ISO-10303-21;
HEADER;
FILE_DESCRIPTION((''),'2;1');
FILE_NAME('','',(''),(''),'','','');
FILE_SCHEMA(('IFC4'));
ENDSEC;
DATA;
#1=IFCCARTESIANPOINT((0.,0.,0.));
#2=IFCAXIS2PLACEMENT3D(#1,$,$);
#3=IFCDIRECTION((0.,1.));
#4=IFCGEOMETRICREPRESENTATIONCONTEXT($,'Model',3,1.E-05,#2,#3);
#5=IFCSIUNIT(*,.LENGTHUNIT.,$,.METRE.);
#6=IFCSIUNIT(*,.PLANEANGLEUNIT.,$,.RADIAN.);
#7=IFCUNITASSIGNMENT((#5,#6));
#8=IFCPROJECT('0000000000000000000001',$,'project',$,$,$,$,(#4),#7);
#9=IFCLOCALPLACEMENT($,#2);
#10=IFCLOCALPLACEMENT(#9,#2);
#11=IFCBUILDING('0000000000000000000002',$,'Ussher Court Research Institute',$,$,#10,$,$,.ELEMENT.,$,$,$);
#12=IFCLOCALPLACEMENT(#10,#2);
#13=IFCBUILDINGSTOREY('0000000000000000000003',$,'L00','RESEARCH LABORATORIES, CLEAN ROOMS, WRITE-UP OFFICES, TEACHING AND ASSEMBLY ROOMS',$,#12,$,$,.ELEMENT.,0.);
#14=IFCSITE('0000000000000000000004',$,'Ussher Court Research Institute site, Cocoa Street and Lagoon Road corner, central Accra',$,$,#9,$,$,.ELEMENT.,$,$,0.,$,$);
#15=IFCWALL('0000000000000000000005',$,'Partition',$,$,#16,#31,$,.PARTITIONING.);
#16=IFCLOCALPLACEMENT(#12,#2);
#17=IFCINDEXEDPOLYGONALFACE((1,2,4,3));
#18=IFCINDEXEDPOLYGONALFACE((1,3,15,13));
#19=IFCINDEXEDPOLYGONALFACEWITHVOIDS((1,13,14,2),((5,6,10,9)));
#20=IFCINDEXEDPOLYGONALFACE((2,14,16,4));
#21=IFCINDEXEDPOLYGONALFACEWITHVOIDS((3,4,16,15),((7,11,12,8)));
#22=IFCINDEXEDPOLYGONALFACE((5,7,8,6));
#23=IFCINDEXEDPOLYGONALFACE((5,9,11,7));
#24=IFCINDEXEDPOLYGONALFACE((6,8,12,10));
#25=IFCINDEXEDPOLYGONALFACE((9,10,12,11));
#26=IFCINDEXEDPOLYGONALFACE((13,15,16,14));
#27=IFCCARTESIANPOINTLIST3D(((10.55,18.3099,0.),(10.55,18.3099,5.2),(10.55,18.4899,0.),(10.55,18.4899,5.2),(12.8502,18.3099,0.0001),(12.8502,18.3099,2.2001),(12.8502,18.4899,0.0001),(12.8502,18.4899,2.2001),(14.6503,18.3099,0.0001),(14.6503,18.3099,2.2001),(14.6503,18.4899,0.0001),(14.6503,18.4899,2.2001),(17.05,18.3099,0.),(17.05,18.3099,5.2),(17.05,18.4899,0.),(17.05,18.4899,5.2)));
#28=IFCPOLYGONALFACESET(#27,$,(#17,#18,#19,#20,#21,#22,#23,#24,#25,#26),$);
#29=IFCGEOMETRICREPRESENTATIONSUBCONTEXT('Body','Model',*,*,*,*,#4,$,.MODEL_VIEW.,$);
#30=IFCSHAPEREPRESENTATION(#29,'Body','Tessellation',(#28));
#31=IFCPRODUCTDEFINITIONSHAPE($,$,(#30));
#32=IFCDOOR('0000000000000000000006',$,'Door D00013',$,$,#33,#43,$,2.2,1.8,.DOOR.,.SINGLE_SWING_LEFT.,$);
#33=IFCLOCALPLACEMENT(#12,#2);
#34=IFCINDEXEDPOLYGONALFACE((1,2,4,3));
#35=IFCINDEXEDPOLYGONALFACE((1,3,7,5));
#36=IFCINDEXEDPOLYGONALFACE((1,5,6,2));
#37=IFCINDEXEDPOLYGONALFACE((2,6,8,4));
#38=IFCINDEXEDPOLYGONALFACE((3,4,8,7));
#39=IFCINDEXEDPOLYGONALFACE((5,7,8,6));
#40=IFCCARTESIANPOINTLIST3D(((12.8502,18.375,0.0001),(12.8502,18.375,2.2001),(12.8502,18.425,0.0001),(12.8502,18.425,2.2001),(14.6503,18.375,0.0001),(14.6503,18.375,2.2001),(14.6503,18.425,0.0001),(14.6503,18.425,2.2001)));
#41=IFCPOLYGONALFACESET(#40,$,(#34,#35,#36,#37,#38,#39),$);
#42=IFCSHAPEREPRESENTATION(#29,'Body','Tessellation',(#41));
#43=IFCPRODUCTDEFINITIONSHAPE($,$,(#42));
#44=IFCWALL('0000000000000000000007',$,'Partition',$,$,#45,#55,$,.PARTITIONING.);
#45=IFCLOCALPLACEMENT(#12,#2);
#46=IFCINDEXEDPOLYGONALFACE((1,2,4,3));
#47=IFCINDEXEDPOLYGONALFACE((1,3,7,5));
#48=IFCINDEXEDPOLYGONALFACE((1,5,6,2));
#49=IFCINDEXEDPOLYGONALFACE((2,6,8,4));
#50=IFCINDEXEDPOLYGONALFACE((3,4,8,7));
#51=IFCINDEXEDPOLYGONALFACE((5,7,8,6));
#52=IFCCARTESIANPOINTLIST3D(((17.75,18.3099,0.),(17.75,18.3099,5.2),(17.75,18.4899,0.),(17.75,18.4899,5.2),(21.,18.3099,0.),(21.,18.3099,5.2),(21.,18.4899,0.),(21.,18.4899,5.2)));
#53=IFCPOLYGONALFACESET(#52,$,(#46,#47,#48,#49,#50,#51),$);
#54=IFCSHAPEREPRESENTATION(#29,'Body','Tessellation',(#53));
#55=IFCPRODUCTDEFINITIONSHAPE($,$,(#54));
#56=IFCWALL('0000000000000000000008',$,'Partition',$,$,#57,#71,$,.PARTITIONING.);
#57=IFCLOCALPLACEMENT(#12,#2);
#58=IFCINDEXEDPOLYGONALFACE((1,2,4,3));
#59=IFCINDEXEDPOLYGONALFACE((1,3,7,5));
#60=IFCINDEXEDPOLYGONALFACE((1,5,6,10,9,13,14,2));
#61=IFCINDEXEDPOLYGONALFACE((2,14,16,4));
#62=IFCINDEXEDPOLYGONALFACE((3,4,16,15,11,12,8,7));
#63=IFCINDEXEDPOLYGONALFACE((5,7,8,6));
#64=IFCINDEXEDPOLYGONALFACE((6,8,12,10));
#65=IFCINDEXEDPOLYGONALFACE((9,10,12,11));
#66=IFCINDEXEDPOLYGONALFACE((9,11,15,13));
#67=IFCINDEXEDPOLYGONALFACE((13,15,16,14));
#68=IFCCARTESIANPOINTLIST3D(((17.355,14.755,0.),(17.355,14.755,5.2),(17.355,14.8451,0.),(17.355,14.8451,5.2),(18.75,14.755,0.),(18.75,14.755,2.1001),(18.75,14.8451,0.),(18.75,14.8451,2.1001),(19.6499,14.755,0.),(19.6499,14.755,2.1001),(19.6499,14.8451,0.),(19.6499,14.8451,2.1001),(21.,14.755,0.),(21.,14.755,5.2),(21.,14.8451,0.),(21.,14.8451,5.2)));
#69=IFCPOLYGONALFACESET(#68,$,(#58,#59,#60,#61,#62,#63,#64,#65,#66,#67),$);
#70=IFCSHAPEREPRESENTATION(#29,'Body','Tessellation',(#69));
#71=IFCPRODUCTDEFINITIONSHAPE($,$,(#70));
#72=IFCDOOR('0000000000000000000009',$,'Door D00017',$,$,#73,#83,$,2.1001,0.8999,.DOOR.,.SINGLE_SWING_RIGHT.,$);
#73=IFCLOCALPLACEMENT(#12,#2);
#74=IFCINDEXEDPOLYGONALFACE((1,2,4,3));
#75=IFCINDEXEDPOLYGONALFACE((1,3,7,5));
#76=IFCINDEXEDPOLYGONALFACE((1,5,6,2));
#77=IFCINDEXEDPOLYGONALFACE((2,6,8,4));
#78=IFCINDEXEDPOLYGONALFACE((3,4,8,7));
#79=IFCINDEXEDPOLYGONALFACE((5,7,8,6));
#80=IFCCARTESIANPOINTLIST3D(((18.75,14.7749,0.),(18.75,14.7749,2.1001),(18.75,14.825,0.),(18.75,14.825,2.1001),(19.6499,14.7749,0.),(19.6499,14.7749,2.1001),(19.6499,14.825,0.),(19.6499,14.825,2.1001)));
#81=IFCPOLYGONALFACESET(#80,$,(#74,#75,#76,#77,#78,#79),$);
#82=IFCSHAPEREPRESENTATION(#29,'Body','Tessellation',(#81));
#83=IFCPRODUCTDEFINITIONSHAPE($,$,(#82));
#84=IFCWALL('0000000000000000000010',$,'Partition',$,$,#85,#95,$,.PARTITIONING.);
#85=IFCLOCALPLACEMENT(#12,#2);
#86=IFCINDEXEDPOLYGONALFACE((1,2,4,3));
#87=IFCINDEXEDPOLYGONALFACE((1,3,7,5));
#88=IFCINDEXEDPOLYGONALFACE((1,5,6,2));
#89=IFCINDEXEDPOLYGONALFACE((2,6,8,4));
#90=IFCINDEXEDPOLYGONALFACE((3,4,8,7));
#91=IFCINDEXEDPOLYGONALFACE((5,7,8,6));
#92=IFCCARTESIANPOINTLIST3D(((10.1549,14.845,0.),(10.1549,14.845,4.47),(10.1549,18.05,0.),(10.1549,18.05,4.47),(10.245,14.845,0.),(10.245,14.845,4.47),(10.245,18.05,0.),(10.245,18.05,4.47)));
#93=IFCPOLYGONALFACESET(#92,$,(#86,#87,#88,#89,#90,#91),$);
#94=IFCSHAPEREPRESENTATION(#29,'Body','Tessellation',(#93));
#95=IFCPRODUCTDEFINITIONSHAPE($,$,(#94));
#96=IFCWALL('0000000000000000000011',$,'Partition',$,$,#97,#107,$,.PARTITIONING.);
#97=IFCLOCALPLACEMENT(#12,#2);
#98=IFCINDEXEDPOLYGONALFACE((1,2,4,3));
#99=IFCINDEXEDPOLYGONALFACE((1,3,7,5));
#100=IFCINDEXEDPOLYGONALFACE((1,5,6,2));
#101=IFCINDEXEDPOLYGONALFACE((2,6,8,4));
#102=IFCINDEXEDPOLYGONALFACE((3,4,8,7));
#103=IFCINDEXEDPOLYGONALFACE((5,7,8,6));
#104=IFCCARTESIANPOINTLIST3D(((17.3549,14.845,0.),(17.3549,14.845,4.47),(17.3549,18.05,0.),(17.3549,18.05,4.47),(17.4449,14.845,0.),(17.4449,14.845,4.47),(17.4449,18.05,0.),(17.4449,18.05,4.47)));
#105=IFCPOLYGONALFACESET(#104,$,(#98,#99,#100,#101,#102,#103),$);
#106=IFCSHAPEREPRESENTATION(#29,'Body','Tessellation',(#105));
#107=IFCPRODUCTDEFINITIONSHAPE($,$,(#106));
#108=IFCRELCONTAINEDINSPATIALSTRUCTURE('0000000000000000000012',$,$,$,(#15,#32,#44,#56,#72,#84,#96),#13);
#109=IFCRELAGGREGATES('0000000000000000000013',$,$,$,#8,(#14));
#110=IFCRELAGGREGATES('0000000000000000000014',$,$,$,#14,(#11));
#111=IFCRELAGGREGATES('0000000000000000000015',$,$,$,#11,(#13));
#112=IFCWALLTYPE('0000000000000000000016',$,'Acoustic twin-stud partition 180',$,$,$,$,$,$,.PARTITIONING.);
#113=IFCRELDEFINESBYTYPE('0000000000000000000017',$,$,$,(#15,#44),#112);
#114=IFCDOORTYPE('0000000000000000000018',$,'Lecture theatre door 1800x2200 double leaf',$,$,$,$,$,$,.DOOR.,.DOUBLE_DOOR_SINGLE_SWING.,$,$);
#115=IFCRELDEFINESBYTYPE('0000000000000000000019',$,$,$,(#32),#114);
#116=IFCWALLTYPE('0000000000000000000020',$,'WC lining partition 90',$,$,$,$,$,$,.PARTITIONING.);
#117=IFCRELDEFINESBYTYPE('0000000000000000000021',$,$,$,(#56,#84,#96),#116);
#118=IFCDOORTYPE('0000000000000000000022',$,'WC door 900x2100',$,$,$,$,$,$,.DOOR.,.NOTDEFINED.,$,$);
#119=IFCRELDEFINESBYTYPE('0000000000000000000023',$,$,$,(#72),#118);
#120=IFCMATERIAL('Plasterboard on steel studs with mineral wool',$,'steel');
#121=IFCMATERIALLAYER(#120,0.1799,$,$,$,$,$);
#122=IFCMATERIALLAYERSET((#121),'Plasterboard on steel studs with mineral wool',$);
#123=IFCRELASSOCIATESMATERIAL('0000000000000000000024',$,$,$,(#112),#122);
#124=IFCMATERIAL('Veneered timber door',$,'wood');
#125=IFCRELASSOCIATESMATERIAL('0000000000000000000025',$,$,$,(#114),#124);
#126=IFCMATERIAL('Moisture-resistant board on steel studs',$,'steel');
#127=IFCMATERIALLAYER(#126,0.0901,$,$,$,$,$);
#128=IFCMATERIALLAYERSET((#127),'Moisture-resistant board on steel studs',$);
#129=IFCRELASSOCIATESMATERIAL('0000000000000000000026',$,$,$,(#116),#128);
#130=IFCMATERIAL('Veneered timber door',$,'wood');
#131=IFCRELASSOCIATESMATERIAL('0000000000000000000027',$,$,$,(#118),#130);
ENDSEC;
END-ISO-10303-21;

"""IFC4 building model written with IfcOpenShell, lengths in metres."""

from ifc_helpers import new_model, si_unit, direction, frame, frame_2d, origin, place, context, subcontext, project, spatial, rectangle, extrude, material, layer, layer_set, type_object, element, fill, save


model = new_model("IFC4")

# Units and contexts
model_context = context("Model", 3, precision=1e-05, world=origin(), true_north=direction((0.0, 1.0)))
body_context = subcontext(model_context, "Body", "Model", "MODEL_VIEW")
ifc_project = project(units=[si_unit("LENGTHUNIT", "METRE"), si_unit("PLANEANGLEUNIT", "RADIAN")], contexts=[model_context])

# Site, building, storey
site_placement = place(None, origin())
site = spatial("IfcSite", under=ifc_project, at=site_placement, Name="Ussher Court Research Institute site, Cocoa Street and Lagoon Road corner, central Accra", CompositionType="ELEMENT", RefElevation=0.0)
building_placement = place(site_placement, origin())
building = spatial("IfcBuilding", under=site, at=building_placement, Name="Ussher Court Research Institute", CompositionType="ELEMENT")
storey_placement = place(building_placement, origin())
storey = spatial("IfcBuildingStorey", under=building, at=storey_placement, Name="L00", Description="RESEARCH LABORATORIES, CLEAN ROOMS, WRITE-UP OFFICES, TEACHING AND ASSEMBLY ROOMS", CompositionType="ELEMENT", Elevation=0.0)

# Shared definitions
ifc_material_1 = material(Name="Plasterboard on steel studs with mineral wool", Category="steel")
ifc_layer_1 = layer(ifc_material_1, 0.1799)
ifc_layer_set_1 = layer_set([ifc_layer_1], Name="Plasterboard on steel studs with mineral wool")
wall_type_1 = type_object("IfcWallType", Name="Acoustic twin-stud partition 180", PredefinedType="PARTITIONING", material=ifc_layer_set_1)

# Wall, opening, door
wall_1_placement = place(storey_placement, frame((17.05, 18.3999, 0.0), z_axis=(0.0, 0.0, 1.0), x_axis=(-1.0, 0.0, 0.0)))
wall_1 = element("IfcWall", 1, at=wall_1_placement, inside=storey, type_object=wall_type_1, Name="Partition", PredefinedType="PARTITIONING", context=body_context, shape_type="SweptSolid", body=[
    extrude(rectangle(XDim=6.5, YDim=0.1799, at=frame_2d((3.25, 0.0))), origin(), (0.0, 0.0, 1.0), 5.2),
])
opening_1_placement = place(wall_1_placement, frame((2.3999, 0.0, 0.0)))
opening_1 = element("IfcOpeningElement", 2, at=opening_1_placement, cuts=wall_1, PredefinedType="OPENING", context=body_context, shape_type="SweptSolid", body=[
    extrude(rectangle(XDim=1.8, YDim=2.2, at=frame_2d((0.8999, 1.1001))), frame((0.0, 0.1001, 0.0), z_axis=(0.0, -1.0, 0.0), x_axis=(1.0, 0.0, 0.0)), (0.0, 0.0, 1.0), 0.2),
])
ifc_material_2 = material(Name="Veneered timber door", Category="wood")
door_type_1 = type_object("IfcDoorType", Name="Lecture theatre door 1800x2200 double leaf", OperationType="DOUBLE_DOOR_SINGLE_SWING", PredefinedType="DOOR", material=ifc_material_2)
door_1_placement = place(opening_1_placement, origin())
door_1 = element("IfcDoor", 3, at=door_1_placement, inside=storey, type_object=door_type_1, Name="Door D00013", OperationType="SINGLE_SWING_LEFT", OverallHeight=2.2, OverallWidth=1.8, PredefinedType="DOOR", context=body_context, shape_type="SweptSolid", body=[
    extrude(rectangle(XDim=1.8, YDim=2.2, at=frame_2d((0.8999, 1.1001))), frame((0.0, 0.0249, 0.0), z_axis=(0.0, -1.0, 0.0), x_axis=(1.0, 0.0, 0.0)), (0.0, 0.0, 1.0), 0.05),
])
fill(opening_1, door_1)

# Wall
wall_2_placement = place(storey_placement, frame((17.75, 18.3999, 0.0), z_axis=(0.0, 0.0, 1.0), x_axis=(1.0, 0.0, 0.0)))
element("IfcWall", 4, at=wall_2_placement, inside=storey, type_object=wall_type_1, Name="Partition", PredefinedType="PARTITIONING", context=body_context, shape_type="SweptSolid", body=[
    extrude(rectangle(XDim=3.25, YDim=0.1799, at=frame_2d((1.625, 0.0))), origin(), (0.0, 0.0, 1.0), 5.2),
])

# Wall, opening, door
ifc_material_3 = material(Name="Moisture-resistant board on steel studs", Category="steel")
ifc_layer_2 = layer(ifc_material_3, 0.0901)
ifc_layer_set_2 = layer_set([ifc_layer_2], Name="Moisture-resistant board on steel studs")
wall_type_2 = type_object("IfcWallType", Name="WC lining partition 90", PredefinedType="PARTITIONING", material=ifc_layer_set_2)
wall_3_placement = place(storey_placement, frame((17.355, 14.8, 0.0), z_axis=(0.0, 0.0, 1.0), x_axis=(1.0, 0.0, 0.0)))
wall_3 = element("IfcWall", 5, at=wall_3_placement, inside=storey, type_object=wall_type_2, Name="Partition", PredefinedType="PARTITIONING", context=body_context, shape_type="SweptSolid", body=[
    extrude(rectangle(XDim=3.645, YDim=0.0901, at=frame_2d((1.8225, 0.0))), origin(), (0.0, 0.0, 1.0), 5.2),
])
opening_2_placement = place(wall_3_placement, frame((1.395, 0.0, 0.0)))
opening_2 = element("IfcOpeningElement", 6, at=opening_2_placement, cuts=wall_3, PredefinedType="OPENING", context=body_context, shape_type="SweptSolid", body=[
    extrude(rectangle(XDim=0.8999, YDim=2.1001, at=frame_2d((0.45, 1.05))), frame((0.0, 0.0552, 0.0), z_axis=(0.0, -1.0, 0.0), x_axis=(1.0, 0.0, 0.0)), (0.0, 0.0, 1.0), 0.1101),
])
ifc_material_4 = material(Name="Veneered timber door", Category="wood")
door_type_2 = type_object("IfcDoorType", Name="WC door 900x2100", OperationType="NOTDEFINED", PredefinedType="DOOR", material=ifc_material_4)
door_2_placement = place(opening_2_placement, origin())
door_2 = element("IfcDoor", 7, at=door_2_placement, inside=storey, type_object=door_type_2, Name="Door D00017", OperationType="SINGLE_SWING_RIGHT", OverallHeight=2.1001, OverallWidth=0.8999, PredefinedType="DOOR", context=body_context, shape_type="SweptSolid", body=[
    extrude(rectangle(XDim=0.8999, YDim=2.1001, at=frame_2d((0.45, 1.05))), frame((0.0, 0.0249, 0.0), z_axis=(0.0, -1.0, 0.0), x_axis=(1.0, 0.0, 0.0)), (0.0, 0.0, 1.0), 0.05),
])
fill(opening_2, door_2)

# Walls
for number, where, z_axis, x_axis, name in (
    (8, (10.2, 14.845, 0.0), (0.0, 0.0, 1.0), (0.0, 1.0, 0.0), "Partition"),
    (9, (17.3999, 14.845, 0.0), (0.0, 0.0, 1.0), (0.0, 1.0, 0.0), "Partition"),
):
    element("IfcWall", number, at=place(storey_placement, frame(where, z_axis=z_axis, x_axis=x_axis)), inside=storey, type_object=wall_type_2, Name=name, PredefinedType="PARTITIONING", context=body_context, shape_type="SweptSolid", body=[
        extrude(rectangle(XDim=3.2051, YDim=0.0901, at=frame_2d((1.6025, 0.0))), origin(), (0.0, 0.0, 1.0), 4.47),
    ])

save(model, "model.ifc")
